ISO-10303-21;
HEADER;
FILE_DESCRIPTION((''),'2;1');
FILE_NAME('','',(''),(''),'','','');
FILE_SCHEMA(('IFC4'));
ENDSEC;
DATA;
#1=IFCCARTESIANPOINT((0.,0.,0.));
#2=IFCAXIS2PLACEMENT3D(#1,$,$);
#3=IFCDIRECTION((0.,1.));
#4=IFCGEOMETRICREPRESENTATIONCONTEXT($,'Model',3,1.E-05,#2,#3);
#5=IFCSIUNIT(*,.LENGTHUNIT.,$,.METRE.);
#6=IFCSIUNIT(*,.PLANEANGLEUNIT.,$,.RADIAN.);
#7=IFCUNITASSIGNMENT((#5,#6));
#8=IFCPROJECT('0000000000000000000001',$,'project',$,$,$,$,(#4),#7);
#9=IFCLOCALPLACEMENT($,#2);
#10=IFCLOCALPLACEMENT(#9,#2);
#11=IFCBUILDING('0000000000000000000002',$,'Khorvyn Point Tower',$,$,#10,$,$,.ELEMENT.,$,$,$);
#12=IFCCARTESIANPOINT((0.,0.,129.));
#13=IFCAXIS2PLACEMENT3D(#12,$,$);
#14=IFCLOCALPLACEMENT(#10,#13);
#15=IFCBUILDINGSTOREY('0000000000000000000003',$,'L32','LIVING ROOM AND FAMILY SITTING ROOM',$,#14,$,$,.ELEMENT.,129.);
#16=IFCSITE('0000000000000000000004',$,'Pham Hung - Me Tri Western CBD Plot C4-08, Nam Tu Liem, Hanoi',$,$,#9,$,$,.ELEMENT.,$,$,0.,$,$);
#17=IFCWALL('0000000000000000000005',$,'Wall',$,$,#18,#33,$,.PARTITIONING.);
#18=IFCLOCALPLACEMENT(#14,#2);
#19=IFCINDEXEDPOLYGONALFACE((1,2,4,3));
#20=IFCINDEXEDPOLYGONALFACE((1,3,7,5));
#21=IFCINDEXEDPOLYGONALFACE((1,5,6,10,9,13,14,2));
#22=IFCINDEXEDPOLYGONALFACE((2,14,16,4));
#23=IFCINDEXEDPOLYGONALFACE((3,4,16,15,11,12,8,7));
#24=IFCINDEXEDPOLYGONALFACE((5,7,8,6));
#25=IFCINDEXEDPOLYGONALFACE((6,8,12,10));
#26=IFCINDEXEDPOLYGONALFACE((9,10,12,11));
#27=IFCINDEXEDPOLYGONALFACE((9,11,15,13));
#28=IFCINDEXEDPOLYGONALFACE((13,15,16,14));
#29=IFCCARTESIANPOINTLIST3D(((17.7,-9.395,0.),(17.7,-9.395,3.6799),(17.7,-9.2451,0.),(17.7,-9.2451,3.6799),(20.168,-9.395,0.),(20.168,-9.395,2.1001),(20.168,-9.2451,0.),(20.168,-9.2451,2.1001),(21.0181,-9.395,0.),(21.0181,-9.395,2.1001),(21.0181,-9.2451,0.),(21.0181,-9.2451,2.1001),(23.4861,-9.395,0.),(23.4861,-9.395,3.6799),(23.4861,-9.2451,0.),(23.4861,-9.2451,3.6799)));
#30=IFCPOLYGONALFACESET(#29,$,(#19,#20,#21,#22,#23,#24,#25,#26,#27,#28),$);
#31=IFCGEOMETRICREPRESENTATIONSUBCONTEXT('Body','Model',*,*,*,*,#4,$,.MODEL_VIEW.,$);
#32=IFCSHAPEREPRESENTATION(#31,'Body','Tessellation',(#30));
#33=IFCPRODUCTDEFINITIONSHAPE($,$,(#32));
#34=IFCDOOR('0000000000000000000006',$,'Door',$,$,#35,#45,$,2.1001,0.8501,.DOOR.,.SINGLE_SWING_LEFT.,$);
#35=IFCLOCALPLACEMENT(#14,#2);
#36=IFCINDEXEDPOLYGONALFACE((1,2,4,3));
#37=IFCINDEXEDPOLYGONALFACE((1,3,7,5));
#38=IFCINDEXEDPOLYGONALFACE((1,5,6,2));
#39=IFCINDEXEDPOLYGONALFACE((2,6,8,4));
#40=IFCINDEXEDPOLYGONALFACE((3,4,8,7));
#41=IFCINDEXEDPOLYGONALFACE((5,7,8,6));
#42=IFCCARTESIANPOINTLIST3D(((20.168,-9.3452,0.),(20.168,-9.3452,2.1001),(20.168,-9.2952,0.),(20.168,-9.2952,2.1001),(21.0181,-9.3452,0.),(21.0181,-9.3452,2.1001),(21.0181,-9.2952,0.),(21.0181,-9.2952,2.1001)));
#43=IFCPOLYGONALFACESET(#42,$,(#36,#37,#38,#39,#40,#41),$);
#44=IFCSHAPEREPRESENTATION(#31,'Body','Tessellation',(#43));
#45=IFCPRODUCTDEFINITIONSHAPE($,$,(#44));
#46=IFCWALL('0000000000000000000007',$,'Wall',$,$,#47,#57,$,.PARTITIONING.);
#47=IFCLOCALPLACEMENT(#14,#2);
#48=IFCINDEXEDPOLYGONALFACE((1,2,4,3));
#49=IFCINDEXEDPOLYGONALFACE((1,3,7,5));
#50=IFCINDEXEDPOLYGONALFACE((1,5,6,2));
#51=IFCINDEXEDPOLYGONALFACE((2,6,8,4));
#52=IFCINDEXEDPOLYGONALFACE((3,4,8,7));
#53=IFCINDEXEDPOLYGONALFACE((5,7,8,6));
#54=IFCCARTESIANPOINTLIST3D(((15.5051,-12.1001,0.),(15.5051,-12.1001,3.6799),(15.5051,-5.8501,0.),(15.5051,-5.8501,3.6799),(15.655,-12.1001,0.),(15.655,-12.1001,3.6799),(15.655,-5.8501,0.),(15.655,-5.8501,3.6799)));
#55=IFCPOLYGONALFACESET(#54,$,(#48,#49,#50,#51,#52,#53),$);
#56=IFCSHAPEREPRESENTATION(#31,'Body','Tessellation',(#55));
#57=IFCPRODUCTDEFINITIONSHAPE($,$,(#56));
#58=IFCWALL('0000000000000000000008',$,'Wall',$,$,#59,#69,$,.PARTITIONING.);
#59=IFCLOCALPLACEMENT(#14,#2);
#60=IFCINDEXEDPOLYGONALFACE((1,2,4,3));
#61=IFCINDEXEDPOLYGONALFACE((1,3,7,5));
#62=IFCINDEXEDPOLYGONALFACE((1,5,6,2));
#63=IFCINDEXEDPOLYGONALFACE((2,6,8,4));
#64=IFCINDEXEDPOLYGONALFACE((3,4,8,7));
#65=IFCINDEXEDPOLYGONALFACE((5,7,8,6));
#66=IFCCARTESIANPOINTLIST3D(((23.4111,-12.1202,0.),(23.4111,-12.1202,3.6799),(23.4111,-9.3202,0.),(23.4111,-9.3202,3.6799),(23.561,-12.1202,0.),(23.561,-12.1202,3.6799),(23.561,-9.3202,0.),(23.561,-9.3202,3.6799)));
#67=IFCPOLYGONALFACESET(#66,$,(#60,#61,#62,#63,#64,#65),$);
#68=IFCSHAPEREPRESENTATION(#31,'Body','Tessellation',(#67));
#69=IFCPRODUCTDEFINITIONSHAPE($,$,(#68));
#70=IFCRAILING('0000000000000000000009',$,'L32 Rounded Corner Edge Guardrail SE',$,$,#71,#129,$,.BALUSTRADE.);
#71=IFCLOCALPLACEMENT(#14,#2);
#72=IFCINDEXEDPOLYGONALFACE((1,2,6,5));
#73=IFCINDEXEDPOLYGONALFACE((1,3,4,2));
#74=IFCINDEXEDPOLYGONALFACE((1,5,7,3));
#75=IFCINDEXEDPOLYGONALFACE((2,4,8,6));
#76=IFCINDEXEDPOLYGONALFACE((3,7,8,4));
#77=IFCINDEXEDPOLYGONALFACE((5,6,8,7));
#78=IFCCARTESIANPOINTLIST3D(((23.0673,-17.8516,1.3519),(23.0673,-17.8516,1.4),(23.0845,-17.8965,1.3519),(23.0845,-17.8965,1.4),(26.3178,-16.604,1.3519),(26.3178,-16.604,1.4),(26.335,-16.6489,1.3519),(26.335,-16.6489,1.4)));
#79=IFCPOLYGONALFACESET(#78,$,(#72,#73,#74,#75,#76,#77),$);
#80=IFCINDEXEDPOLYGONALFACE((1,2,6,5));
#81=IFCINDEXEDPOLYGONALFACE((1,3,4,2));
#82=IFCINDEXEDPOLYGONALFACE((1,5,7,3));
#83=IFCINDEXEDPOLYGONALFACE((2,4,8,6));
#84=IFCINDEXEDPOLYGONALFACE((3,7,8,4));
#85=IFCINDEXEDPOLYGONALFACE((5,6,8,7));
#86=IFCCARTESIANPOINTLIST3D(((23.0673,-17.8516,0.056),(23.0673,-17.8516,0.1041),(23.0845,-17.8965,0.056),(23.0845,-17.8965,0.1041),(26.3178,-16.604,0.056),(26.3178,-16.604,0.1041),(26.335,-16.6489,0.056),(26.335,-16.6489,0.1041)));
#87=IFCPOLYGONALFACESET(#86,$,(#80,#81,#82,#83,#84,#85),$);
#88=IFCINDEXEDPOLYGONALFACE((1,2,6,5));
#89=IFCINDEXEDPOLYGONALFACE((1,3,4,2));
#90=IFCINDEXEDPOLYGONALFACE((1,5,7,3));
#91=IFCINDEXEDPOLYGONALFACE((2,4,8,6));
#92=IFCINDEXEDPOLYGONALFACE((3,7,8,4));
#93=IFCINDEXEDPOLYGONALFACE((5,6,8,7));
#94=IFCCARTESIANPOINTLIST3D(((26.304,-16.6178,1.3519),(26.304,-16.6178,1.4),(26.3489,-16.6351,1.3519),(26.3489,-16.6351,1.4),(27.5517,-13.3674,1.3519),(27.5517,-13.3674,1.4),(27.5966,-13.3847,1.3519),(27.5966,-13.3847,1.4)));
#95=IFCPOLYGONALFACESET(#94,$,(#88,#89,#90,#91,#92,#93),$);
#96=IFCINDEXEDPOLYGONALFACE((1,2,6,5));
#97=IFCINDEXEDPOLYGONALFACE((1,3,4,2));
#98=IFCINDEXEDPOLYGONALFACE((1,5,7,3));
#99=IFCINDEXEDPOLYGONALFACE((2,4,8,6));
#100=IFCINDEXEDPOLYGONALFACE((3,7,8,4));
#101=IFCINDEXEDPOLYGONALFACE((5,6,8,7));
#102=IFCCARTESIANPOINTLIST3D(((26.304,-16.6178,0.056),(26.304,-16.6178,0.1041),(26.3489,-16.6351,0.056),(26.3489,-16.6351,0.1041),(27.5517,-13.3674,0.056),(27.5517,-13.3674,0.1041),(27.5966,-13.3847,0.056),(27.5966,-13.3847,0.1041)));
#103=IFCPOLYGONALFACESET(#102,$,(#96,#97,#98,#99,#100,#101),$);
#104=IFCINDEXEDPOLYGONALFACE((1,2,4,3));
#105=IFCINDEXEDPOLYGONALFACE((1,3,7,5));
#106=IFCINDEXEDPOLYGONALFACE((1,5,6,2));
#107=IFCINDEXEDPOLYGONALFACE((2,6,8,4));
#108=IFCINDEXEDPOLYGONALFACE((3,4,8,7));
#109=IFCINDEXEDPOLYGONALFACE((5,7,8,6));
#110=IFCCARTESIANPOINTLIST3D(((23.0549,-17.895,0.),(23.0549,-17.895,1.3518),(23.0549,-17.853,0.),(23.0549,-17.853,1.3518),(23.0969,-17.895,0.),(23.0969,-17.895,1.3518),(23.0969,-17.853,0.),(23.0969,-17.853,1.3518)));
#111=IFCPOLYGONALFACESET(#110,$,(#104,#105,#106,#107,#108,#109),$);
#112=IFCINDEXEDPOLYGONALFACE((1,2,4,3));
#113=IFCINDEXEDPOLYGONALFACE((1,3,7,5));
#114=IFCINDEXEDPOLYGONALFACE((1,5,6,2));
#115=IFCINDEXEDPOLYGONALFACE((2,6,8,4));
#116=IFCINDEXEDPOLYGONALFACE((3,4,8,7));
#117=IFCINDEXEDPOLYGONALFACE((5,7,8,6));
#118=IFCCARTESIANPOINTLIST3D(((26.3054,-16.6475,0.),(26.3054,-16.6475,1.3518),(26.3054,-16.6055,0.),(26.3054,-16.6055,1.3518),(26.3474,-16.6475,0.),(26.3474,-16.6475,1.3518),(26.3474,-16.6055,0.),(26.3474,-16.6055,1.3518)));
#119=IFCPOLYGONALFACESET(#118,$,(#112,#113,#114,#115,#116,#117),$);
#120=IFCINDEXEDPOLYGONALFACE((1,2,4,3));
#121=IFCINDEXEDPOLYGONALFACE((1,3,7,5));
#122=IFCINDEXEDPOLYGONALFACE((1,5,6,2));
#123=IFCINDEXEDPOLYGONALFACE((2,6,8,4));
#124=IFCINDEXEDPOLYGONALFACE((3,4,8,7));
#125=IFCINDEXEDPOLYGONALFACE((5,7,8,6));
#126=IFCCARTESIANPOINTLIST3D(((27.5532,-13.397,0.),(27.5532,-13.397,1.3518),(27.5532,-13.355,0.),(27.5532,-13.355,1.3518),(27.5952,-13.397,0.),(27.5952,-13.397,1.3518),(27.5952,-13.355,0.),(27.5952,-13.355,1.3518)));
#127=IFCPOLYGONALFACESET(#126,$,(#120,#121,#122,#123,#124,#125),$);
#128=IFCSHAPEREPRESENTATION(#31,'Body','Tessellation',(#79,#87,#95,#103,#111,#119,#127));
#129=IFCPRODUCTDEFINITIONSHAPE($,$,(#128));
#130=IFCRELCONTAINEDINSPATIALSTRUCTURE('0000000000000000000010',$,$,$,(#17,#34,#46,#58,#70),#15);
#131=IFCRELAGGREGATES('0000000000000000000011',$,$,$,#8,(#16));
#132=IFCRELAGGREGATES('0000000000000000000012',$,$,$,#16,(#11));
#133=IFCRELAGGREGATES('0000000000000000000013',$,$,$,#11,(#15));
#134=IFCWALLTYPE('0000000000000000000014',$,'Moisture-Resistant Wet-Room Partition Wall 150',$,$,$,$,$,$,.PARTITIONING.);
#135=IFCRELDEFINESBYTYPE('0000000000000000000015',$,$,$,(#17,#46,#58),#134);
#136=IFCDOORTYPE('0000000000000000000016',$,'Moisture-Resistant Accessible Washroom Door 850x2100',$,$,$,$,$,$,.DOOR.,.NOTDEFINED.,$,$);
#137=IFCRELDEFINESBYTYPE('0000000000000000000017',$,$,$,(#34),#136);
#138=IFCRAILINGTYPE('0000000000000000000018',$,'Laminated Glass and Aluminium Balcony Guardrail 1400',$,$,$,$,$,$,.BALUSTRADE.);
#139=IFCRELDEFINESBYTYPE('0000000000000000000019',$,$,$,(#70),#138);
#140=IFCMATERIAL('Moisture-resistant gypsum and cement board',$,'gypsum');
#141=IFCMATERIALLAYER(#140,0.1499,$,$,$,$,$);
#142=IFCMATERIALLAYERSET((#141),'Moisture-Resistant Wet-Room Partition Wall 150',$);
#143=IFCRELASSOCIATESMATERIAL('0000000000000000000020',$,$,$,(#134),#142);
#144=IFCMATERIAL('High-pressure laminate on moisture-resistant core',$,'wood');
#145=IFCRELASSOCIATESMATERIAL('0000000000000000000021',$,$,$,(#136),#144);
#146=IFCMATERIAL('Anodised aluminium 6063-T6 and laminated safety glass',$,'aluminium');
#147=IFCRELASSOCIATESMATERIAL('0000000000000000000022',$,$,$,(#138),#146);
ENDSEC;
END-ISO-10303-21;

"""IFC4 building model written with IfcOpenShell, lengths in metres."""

from ifc_helpers import new_model, si_unit, direction, frame, frame_2d, origin, origin_2d, place, context, subcontext, project, spatial, rectangle, extrude, material, layer, layer_set, type_object, element, fill, save


model = new_model("IFC4")

# Units and contexts
model_context = context("Model", 3, precision=1e-05, world=origin(), true_north=direction((0.0, 1.0)))
body_context = subcontext(model_context, "Body", "Model", "MODEL_VIEW")
ifc_project = project(units=[si_unit("LENGTHUNIT", "METRE"), si_unit("PLANEANGLEUNIT", "RADIAN")], contexts=[model_context])

# Site, building, storey
site_placement = place(None, origin())
site = spatial("IfcSite", under=ifc_project, at=site_placement, Name="Pham Hung - Me Tri Western CBD Plot C4-08, Nam Tu Liem, Hanoi", CompositionType="ELEMENT", RefElevation=0.0)
building_placement = place(site_placement, origin())
building = spatial("IfcBuilding", under=site, at=building_placement, Name="Khorvyn Point Tower", CompositionType="ELEMENT")
storey_placement = place(building_placement, frame((0.0, 0.0, 129.0)))
storey = spatial("IfcBuildingStorey", under=building, at=storey_placement, Name="L32", Description="LIVING ROOM AND FAMILY SITTING ROOM", CompositionType="ELEMENT", Elevation=129.0)

# Wall, opening, door
ifc_material_1 = material(Name="Moisture-resistant gypsum and cement board", Category="gypsum")
ifc_layer_1 = layer(ifc_material_1, 0.1499)
ifc_layer_set_1 = layer_set([ifc_layer_1], Name="Moisture-Resistant Wet-Room Partition Wall 150")
wall_type_1 = type_object("IfcWallType", Name="Moisture-Resistant Wet-Room Partition Wall 150", PredefinedType="PARTITIONING", material=ifc_layer_set_1)
wall_1_placement = place(storey_placement, frame((17.7, -9.3201, 0.0), z_axis=(0.0, 0.0, 1.0), x_axis=(1.0, 0.0, 0.0)))
wall_1 = element("IfcWall", 1, at=wall_1_placement, inside=storey, type_object=wall_type_1, Name="Wall", PredefinedType="PARTITIONING", context=body_context, shape_type="SweptSolid", body=[
    extrude(rectangle(XDim=5.7861, YDim=0.1499, at=frame_2d((2.8931, 0.0))), origin(), (0.0, 0.0, 1.0), 3.6799),
])
opening_1_placement = place(wall_1_placement, frame((2.468, 0.0, 0.0)))
opening_1 = element("IfcOpeningElement", 2, at=opening_1_placement, cuts=wall_1, PredefinedType="OPENING", context=body_context, shape_type="SweptSolid", body=[
    extrude(rectangle(XDim=0.8501, YDim=2.1001, at=frame_2d((0.425, 1.05))), frame((0.0, 0.085, 0.0), z_axis=(0.0, -1.0, 0.0), x_axis=(1.0, 0.0, 0.0)), (0.0, 0.0, 1.0), 0.1699),
])
ifc_material_2 = material(Name="High-pressure laminate on moisture-resistant core", Category="wood")
door_type_1 = type_object("IfcDoorType", Name="Moisture-Resistant Accessible Washroom Door 850x2100", OperationType="NOTDEFINED", PredefinedType="DOOR", material=ifc_material_2)
door_1_placement = place(opening_1_placement, origin())
door_1 = element("IfcDoor", 3, at=door_1_placement, inside=storey, type_object=door_type_1, Name="Door", OperationType="SINGLE_SWING_LEFT", OverallHeight=2.1001, OverallWidth=0.8501, PredefinedType="DOOR", context=body_context, shape_type="SweptSolid", body=[
    extrude(rectangle(XDim=0.8501, YDim=2.1001, at=frame_2d((0.425, 1.05))), frame((0.0, 0.0249, 0.0), z_axis=(0.0, -1.0, 0.0), x_axis=(1.0, 0.0, 0.0)), (0.0, 0.0, 1.0), 0.05),
])
fill(opening_1, door_1)

# Walls
wall_2_placement = place(storey_placement, frame((15.5801, -12.1001, 0.0), z_axis=(0.0, 0.0, 1.0), x_axis=(0.0, 1.0, 0.0)))
element("IfcWall", 4, at=wall_2_placement, inside=storey, type_object=wall_type_1, Name="Wall", PredefinedType="PARTITIONING", context=body_context, shape_type="SweptSolid", body=[
    extrude(rectangle(XDim=6.25, YDim=0.1499, at=frame_2d((3.125, 0.0))), origin(), (0.0, 0.0, 1.0), 3.6799),
])
wall_3_placement = place(storey_placement, frame((23.4861, -12.1201, 0.0), z_axis=(0.0, 0.0, 1.0), x_axis=(0.0, 1.0, 0.0)))
element("IfcWall", 5, at=wall_3_placement, inside=storey, type_object=wall_type_1, Name="Wall", PredefinedType="PARTITIONING", context=body_context, shape_type="SweptSolid", body=[
    extrude(rectangle(XDim=2.8, YDim=0.1499, at=frame_2d((1.3999, 0.0))), origin(), (0.0, 0.0, 1.0), 3.6799),
])

# Railing
ifc_material_3 = material(Name="Anodised aluminium 6063-T6 and laminated safety glass", Category="aluminium")
railing_type = type_object("IfcRailingType", Name="Laminated Glass and Aluminium Balcony Guardrail 1400", PredefinedType="BALUSTRADE", material=ifc_material_3)
railing_placement = place(storey_placement, frame((23.0759, -17.874, 0.0)))
element("IfcRailing", 6, at=railing_placement, inside=storey, type_object=railing_type, Name="L32 Rounded Corner Edge Guardrail SE", PredefinedType="BALUSTRADE", context=body_context, shape_type="SweptSolid", body=[
    extrude(rectangle(XDim=0.0481, YDim=0.0481, at=origin_2d()), frame((0.0, 0.0, 1.376), z_axis=(0.933598, 0.358321, 0.0), x_axis=(-0.358321, 0.933598, 0.0)), (0.0, 0.0, 1.0), 3.4817),
    extrude(rectangle(XDim=0.0481, YDim=0.0481, at=origin_2d()), frame((0.0, 0.0, 0.0801), z_axis=(0.933598, 0.358321, 0.0), x_axis=(-0.358321, 0.933598, 0.0)), (0.0, 0.0, 1.0), 3.4817),
    extrude(rectangle(XDim=0.0481, YDim=0.0481, at=origin_2d()), frame((3.2505, 1.2476, 1.376), z_axis=(0.358382, 0.933575, 0.0), x_axis=(-0.933575, 0.358382, 0.0)), (0.0, 0.0, 1.0), 3.4817),
    extrude(rectangle(XDim=0.0481, YDim=0.0481, at=origin_2d()), frame((3.2505, 1.2476, 0.0801), z_axis=(0.358382, 0.933575, 0.0), x_axis=(-0.933575, 0.358382, 0.0)), (0.0, 0.0, 1.0), 3.4817),
    extrude(rectangle(XDim=0.042, YDim=0.042, at=origin_2d()), origin(), (0.0, 0.0, 1.0), 1.3518),
    extrude(rectangle(XDim=0.042, YDim=0.042, at=origin_2d()), frame((3.2505, 1.2476, 0.0)), (0.0, 0.0, 1.0), 1.3518),
    extrude(rectangle(XDim=0.042, YDim=0.042, at=origin_2d()), frame((4.4983, 4.498, 0.0)), (0.0, 0.0, 1.0), 1.3518),
])

save(model, "model.ifc")
